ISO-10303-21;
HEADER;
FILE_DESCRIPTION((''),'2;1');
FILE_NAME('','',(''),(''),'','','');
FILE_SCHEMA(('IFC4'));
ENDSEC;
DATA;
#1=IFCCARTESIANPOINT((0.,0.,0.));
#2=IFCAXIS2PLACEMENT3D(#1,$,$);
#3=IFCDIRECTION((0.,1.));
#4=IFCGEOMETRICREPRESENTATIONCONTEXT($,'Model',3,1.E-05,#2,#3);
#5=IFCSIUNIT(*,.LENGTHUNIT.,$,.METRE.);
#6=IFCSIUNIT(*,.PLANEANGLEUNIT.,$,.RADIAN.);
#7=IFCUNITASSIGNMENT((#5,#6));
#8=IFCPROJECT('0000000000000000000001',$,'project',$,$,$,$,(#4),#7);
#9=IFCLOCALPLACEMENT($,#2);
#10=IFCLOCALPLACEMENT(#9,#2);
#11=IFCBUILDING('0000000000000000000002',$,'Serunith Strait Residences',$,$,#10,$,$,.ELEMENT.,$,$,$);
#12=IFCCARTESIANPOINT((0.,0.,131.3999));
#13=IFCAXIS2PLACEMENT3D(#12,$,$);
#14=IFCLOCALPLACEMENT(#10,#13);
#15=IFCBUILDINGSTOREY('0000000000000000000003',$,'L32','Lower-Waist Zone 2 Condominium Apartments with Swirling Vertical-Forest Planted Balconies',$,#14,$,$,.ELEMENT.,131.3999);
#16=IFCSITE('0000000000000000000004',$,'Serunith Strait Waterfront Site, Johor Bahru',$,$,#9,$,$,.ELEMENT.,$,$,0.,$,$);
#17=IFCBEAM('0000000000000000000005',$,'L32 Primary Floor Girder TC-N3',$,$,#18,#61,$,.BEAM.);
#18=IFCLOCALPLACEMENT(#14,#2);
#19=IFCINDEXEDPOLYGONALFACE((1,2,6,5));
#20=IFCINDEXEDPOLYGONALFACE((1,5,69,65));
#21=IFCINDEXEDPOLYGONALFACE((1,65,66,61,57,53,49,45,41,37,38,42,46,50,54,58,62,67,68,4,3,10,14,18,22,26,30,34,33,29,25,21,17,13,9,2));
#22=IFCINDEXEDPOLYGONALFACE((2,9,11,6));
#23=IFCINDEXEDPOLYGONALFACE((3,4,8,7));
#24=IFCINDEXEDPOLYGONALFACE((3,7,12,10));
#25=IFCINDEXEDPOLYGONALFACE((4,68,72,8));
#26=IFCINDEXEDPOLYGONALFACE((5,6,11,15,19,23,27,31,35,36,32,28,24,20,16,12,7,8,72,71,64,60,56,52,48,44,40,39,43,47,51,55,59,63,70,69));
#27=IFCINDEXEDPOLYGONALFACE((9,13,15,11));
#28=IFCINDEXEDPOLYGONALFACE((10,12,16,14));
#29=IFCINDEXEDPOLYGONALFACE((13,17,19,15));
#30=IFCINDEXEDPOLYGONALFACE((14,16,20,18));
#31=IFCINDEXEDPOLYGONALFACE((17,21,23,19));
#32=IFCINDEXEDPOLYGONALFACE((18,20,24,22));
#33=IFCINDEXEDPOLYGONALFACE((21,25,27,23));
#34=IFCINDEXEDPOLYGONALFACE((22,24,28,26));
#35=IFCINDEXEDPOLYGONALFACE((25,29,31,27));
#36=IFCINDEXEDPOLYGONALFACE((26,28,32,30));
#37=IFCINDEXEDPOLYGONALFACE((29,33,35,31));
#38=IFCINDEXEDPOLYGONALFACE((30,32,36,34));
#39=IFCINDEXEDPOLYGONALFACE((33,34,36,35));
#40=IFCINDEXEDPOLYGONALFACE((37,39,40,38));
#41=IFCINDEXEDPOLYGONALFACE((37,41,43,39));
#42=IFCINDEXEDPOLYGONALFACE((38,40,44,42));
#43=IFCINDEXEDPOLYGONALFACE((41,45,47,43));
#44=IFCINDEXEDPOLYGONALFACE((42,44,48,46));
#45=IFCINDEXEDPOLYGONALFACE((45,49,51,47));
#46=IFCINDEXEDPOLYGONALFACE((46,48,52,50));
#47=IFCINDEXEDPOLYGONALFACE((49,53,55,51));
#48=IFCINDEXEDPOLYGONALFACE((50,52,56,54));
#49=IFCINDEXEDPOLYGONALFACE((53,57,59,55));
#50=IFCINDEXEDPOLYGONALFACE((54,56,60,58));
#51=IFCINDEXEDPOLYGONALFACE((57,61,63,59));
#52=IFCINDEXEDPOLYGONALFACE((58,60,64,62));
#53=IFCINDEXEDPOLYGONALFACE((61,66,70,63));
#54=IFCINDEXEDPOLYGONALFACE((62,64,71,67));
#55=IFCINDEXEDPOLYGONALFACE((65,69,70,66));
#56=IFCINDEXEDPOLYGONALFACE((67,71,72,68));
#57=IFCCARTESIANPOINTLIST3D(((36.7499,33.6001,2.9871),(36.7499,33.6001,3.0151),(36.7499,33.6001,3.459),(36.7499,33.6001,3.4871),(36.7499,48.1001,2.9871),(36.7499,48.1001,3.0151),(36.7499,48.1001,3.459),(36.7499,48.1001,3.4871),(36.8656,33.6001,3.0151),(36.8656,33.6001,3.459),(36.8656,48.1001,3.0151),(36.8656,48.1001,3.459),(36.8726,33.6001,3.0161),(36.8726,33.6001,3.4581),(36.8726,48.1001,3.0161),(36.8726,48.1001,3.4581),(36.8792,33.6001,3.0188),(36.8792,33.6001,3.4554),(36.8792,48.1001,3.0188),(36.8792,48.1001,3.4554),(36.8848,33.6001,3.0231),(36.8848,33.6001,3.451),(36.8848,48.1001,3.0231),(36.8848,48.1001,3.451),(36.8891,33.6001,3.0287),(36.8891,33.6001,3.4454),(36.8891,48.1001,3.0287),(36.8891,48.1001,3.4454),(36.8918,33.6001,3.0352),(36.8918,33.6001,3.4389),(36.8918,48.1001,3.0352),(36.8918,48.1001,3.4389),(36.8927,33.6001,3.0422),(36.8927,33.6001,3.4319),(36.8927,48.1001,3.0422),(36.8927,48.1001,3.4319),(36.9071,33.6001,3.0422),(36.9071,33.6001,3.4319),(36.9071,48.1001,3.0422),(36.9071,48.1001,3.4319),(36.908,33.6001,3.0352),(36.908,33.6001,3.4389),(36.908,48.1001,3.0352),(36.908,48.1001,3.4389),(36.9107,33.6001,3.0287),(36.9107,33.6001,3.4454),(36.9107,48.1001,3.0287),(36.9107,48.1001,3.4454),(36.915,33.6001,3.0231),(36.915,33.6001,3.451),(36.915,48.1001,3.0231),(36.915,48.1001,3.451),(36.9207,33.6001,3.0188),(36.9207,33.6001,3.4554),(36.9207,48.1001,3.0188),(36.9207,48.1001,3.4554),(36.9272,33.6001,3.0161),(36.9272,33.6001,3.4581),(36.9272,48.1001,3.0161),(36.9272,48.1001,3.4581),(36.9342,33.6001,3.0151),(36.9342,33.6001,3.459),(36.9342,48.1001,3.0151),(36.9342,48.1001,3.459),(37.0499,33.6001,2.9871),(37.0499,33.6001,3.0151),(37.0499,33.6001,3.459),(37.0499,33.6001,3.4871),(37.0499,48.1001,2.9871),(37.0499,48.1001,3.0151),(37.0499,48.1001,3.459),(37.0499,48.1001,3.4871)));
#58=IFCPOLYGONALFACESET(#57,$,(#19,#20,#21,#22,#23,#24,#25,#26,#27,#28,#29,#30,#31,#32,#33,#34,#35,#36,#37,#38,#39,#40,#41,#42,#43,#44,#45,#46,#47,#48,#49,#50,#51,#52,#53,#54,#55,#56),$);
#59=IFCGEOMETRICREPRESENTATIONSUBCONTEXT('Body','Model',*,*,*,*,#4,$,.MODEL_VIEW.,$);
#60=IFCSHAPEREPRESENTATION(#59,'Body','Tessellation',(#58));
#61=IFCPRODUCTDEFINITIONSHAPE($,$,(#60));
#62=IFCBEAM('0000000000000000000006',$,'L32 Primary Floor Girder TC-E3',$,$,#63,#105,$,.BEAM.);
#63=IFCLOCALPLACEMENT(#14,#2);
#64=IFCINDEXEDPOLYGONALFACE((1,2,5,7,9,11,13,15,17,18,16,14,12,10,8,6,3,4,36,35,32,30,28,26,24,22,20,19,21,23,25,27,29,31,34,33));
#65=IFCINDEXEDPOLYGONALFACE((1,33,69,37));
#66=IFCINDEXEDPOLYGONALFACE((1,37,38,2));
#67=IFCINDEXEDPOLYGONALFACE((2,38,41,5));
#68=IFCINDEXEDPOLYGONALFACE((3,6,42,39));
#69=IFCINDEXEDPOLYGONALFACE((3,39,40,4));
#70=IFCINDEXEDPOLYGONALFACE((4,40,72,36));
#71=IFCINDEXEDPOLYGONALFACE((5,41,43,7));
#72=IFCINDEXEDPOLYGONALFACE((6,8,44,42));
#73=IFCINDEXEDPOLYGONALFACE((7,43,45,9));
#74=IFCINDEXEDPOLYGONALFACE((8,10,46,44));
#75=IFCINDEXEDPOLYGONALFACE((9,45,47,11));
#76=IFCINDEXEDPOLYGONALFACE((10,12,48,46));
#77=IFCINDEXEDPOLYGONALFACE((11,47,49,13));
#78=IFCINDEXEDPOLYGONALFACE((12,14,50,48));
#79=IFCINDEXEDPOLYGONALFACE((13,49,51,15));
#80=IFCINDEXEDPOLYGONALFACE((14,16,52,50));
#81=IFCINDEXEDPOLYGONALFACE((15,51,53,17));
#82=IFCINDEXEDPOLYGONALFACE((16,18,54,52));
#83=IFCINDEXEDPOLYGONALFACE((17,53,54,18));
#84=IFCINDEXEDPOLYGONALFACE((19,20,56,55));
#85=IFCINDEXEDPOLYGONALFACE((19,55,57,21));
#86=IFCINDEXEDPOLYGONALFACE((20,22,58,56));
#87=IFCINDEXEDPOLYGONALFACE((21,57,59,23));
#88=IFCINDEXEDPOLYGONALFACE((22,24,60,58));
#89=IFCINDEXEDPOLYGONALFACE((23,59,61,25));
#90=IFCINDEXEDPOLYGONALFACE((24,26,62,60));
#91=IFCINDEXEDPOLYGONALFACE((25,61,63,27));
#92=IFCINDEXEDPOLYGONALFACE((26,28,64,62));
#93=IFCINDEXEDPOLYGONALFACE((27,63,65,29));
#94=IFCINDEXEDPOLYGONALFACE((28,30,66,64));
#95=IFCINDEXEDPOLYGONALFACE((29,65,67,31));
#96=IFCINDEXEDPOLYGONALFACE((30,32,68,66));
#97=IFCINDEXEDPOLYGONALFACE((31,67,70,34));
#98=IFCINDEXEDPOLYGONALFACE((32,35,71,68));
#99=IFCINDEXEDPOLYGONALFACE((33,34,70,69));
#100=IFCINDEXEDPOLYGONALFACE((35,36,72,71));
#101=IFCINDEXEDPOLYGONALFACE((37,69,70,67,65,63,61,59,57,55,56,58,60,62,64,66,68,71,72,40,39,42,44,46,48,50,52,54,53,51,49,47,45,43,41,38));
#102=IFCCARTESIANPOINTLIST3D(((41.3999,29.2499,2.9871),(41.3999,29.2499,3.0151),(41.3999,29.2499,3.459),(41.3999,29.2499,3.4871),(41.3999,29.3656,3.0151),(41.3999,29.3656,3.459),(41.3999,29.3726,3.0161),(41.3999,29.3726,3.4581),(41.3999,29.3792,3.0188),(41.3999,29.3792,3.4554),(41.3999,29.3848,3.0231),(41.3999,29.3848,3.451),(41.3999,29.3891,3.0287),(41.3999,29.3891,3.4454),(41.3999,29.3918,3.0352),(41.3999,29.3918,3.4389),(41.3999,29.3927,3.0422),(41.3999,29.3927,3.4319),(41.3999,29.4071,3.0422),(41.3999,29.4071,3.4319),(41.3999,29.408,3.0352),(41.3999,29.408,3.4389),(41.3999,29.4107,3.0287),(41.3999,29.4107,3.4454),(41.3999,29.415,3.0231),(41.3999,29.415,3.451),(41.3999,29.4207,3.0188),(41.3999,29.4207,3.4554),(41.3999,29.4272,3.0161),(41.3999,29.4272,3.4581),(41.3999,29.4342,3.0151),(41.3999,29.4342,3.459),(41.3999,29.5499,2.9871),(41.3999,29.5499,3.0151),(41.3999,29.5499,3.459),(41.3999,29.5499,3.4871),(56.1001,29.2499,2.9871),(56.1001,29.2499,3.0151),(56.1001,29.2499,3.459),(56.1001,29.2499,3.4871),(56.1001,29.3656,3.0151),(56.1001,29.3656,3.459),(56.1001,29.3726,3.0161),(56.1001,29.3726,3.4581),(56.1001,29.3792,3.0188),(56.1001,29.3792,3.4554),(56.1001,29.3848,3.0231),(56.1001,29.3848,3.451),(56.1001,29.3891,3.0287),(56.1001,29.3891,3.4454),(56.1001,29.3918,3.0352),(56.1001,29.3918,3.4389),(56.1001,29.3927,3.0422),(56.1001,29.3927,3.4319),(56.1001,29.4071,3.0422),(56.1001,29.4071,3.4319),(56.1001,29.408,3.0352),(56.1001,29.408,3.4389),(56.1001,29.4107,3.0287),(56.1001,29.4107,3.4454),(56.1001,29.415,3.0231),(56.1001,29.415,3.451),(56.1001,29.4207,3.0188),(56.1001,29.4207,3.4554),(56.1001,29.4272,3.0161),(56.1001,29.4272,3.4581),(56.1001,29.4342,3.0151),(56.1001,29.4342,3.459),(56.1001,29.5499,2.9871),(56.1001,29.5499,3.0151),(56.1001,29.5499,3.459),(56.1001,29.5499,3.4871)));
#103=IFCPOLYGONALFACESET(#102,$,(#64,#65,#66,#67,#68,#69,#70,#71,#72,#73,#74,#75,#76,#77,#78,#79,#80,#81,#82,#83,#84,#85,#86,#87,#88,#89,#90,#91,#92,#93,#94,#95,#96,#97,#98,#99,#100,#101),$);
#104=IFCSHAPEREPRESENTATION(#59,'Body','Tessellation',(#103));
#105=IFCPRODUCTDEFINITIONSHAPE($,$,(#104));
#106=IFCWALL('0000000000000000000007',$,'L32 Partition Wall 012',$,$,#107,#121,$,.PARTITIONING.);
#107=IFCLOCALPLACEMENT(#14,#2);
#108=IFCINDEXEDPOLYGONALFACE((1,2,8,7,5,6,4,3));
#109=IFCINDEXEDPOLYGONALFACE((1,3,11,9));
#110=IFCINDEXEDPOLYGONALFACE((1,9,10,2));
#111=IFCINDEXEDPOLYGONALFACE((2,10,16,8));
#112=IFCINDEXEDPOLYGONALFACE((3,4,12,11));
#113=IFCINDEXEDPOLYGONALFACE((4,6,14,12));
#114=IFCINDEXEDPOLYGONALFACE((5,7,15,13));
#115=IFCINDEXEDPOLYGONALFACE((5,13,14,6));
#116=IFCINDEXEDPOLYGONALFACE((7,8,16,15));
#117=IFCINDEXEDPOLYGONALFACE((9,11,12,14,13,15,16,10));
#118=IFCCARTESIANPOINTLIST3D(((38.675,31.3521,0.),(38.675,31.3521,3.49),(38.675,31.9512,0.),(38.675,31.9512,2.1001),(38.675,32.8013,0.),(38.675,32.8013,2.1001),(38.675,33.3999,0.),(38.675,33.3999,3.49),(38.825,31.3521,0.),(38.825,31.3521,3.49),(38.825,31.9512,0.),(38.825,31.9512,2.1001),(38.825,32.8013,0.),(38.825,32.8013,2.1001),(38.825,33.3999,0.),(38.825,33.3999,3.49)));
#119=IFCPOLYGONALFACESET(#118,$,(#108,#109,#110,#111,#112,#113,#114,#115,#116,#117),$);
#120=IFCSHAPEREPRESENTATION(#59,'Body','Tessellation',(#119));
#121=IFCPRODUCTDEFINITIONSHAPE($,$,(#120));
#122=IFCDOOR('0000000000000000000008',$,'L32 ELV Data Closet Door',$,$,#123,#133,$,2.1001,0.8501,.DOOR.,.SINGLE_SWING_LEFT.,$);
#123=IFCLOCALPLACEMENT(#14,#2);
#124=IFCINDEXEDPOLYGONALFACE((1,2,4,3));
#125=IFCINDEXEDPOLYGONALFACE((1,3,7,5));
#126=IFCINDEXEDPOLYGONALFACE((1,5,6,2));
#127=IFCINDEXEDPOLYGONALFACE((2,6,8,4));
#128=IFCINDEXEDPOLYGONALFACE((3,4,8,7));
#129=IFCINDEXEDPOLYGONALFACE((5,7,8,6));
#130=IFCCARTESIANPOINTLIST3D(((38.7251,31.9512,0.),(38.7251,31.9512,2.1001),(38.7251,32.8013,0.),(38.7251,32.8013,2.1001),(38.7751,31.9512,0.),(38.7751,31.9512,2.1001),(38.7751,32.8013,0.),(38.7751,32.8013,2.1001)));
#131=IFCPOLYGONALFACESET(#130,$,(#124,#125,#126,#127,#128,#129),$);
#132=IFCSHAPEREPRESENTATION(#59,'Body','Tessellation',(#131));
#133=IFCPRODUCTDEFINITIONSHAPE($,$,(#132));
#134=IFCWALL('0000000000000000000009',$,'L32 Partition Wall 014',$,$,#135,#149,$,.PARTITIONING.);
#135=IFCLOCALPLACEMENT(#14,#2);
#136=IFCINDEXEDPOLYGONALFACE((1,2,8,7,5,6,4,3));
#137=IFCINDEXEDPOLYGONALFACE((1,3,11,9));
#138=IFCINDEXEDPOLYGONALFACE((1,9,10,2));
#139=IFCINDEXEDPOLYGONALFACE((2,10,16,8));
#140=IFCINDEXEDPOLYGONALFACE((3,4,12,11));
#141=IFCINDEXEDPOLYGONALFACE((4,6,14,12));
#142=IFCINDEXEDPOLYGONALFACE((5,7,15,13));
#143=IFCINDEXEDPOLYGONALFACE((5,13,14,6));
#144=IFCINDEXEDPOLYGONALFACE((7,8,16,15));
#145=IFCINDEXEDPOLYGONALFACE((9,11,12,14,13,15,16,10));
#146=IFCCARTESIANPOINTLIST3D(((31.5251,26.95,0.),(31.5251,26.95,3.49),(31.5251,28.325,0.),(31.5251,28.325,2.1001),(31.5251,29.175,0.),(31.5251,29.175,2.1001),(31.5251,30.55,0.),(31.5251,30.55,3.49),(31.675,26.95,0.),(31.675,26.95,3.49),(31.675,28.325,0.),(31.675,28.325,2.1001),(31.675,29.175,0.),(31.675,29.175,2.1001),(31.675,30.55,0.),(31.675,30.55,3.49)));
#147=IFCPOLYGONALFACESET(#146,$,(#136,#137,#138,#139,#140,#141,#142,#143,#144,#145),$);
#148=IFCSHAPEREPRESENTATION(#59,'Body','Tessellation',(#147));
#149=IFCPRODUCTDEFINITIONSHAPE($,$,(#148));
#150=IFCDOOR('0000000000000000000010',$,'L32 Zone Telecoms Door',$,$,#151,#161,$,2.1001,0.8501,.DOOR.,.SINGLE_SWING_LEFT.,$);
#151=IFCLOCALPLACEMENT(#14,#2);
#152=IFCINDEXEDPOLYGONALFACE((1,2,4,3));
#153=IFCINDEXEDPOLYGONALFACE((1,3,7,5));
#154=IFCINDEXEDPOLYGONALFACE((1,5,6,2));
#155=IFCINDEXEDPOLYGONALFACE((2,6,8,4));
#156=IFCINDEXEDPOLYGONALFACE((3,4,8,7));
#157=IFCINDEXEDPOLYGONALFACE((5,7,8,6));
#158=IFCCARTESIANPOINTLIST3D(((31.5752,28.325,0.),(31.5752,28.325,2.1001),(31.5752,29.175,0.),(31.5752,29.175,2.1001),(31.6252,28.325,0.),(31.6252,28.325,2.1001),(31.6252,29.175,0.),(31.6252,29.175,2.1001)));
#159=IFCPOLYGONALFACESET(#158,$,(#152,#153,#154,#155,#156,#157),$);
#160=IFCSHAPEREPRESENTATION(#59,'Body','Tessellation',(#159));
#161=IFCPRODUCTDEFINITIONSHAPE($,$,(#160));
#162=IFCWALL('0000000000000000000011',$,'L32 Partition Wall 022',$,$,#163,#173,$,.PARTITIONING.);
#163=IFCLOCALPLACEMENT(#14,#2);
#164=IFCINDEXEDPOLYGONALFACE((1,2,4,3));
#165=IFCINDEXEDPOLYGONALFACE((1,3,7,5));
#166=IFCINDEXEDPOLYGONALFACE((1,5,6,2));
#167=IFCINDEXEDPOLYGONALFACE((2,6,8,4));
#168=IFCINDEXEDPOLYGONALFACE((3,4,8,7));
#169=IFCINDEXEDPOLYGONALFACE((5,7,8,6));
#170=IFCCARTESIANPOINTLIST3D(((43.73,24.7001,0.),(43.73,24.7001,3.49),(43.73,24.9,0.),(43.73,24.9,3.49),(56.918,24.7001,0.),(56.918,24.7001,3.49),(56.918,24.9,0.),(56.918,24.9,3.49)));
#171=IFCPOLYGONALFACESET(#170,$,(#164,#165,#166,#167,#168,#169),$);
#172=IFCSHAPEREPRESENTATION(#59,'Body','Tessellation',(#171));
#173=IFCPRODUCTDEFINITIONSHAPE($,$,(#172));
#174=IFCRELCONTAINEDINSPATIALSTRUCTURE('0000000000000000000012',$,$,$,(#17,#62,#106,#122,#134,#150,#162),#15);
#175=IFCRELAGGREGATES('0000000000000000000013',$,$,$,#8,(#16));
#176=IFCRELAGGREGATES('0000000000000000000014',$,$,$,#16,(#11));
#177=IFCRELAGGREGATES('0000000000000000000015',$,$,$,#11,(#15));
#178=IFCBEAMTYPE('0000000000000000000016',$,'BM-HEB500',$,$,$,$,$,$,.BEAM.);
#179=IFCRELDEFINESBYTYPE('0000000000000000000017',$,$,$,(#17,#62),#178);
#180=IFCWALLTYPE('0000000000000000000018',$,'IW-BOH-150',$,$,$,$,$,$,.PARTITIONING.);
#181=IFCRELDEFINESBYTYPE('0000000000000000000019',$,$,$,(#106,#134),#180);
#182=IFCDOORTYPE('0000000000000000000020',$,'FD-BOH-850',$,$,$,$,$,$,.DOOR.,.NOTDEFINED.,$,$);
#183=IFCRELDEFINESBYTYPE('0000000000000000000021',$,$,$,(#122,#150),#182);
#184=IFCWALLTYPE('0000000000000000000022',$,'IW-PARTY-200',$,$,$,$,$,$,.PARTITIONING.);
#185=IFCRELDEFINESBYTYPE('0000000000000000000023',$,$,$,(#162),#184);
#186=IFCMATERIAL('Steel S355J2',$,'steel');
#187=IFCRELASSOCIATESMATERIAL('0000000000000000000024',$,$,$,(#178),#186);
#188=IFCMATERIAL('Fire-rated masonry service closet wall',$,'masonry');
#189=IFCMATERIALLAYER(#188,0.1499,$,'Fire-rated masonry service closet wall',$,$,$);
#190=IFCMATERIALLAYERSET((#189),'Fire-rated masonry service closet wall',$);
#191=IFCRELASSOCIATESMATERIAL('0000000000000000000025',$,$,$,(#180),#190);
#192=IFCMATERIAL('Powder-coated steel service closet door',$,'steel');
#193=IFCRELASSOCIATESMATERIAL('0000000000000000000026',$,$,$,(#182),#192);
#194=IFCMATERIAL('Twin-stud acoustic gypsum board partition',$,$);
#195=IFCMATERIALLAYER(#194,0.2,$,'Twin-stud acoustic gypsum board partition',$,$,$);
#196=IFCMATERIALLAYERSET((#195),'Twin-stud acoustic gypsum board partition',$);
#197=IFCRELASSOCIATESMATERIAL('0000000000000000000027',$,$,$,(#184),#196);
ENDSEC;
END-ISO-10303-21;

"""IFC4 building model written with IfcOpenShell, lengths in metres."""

from ifc_helpers import new_model, si_unit, direction, frame, frame_2d, origin, origin_2d, place, context, subcontext, project, spatial, rectangle, i_section, extrude, source, transform, mapped, material, layer, layer_set, material_profile, profile_set, type_object, element, fill, save


model = new_model("IFC4")

# Units and contexts
model_context = context("Model", 3, precision=1e-05, world=origin(), true_north=direction((0.0, 1.0)))
body_context = subcontext(model_context, "Body", "Model", "MODEL_VIEW")
ifc_project = project(units=[si_unit("LENGTHUNIT", "METRE"), si_unit("PLANEANGLEUNIT", "RADIAN")], contexts=[model_context])

# Site, building, storey
site_placement = place(None, origin())
site = spatial("IfcSite", under=ifc_project, at=site_placement, Name="Serunith Strait Waterfront Site, Johor Bahru", CompositionType="ELEMENT", RefElevation=0.0)
building_placement = place(site_placement, origin())
building = spatial("IfcBuilding", under=site, at=building_placement, Name="Serunith Strait Residences", CompositionType="ELEMENT")
storey_placement = place(building_placement, frame((0.0, 0.0, 131.3999)))
storey = spatial("IfcBuildingStorey", under=building, at=storey_placement, Name="L32", Description="Lower-Waist Zone 2 Condominium Apartments with Swirling Vertical-Forest Planted Balconies", CompositionType="ELEMENT", Elevation=131.3999)

# Beams
ifc_material_1 = material(Name="Steel S355J2", Category="steel")
ifc_material_profile = material_profile(ifc_material_1, i_section(OverallWidth=0.3, OverallDepth=0.5, WebThickness=0.0144, FlangeThickness=0.0281, FilletRadius=0.0271, at=origin_2d()), Name="HEB 500")
ifc_profile_set = profile_set([ifc_material_profile], Name="Steel S355J2")
beam_type = type_object("IfcBeamType", Name="BM-HEB500", PredefinedType="BEAM", material=ifc_profile_set)
shared_shape_1 = source(origin(), body_context, "Body", "SweptSolid", [
    extrude(i_section(OverallWidth=0.3, OverallDepth=0.5, WebThickness=0.0144, FlangeThickness=0.0281, FilletRadius=0.0271, at=origin_2d()), origin(), (0.0, 0.0, 1.0), 14.5),
])
beam_1_placement = place(storey_placement, frame((36.8999, 33.6001, 3.2371), z_axis=(0.0, 1.0, 0.0), x_axis=(-1.0, 0.0, 0.0)))
element("IfcBeam", 1, at=beam_1_placement, inside=storey, type_object=beam_type, Name="L32 Primary Floor Girder TC-N3", PredefinedType="BEAM", context=body_context, shape_type="MappedRepresentation", body=[
    mapped(shared_shape_1, transform((0.0, 0.0, 0.0), scale=1.0)),
])
shared_shape_2 = source(origin(), body_context, "Body", "SweptSolid", [
    extrude(i_section(OverallWidth=0.3, OverallDepth=0.5, WebThickness=0.0144, FlangeThickness=0.0281, FilletRadius=0.0271, at=origin_2d()), origin(), (0.0, 0.0, 1.0), 14.7002),
])
beam_2_placement = place(storey_placement, frame((41.3999, 29.3999, 3.2371), z_axis=(1.0, 0.0, 0.0), x_axis=(0.0, 1.0, 0.0)))
element("IfcBeam", 2, at=beam_2_placement, inside=storey, type_object=beam_type, Name="L32 Primary Floor Girder TC-E3", PredefinedType="BEAM", context=body_context, shape_type="MappedRepresentation", body=[
    mapped(shared_shape_2, transform((0.0, 0.0, 0.0), scale=1.0)),
])

# Walls, openings, doors
ifc_material_2 = material(Name="Fire-rated masonry service closet wall", Category="masonry")
ifc_layer_1 = layer(ifc_material_2, 0.1499, Name="Fire-rated masonry service closet wall")
ifc_layer_set_1 = layer_set([ifc_layer_1], Name="Fire-rated masonry service closet wall")
wall_type_1 = type_object("IfcWallType", Name="IW-BOH-150", PredefinedType="PARTITIONING", material=ifc_layer_set_1)
wall_1_placement = place(storey_placement, frame((38.75, 31.3521, 0.0), z_axis=(0.0, 0.0, 1.0), x_axis=(0.0, 1.0, 0.0)))
wall_1 = element("IfcWall", 3, at=wall_1_placement, inside=storey, type_object=wall_type_1, Name="L32 Partition Wall 012", PredefinedType="PARTITIONING", context=body_context, shape_type="SweptSolid", body=[
    extrude(rectangle(XDim=2.0479, YDim=0.1499, at=frame_2d((1.0239, 0.0))), origin(), (0.0, 0.0, 1.0), 3.49),
])
opening_1_placement = place(wall_1_placement, frame((0.5991, 0.0, 0.0)))
opening_1 = element("IfcOpeningElement", 4, at=opening_1_placement, cuts=wall_1, PredefinedType="OPENING", context=body_context, shape_type="SweptSolid", body=[
    extrude(rectangle(XDim=0.8501, YDim=2.1001, at=frame_2d((0.425, 1.05))), frame((0.0, 0.085, 0.0), z_axis=(0.0, -1.0, 0.0), x_axis=(1.0, 0.0, 0.0)), (0.0, 0.0, 1.0), 0.1699),
])
ifc_material_3 = material(Name="Powder-coated steel service closet door", Category="steel")
door_type_1 = type_object("IfcDoorType", Name="FD-BOH-850", OperationType="NOTDEFINED", PredefinedType="DOOR", material=ifc_material_3)
shared_shape_3 = source(origin(), body_context, "Body", "SweptSolid", [
    extrude(rectangle(XDim=0.8501, YDim=2.1001, at=frame_2d((0.425, 1.05))), frame((0.0, 0.0249, 0.0), z_axis=(0.0, -1.0, 0.0), x_axis=(1.0, 0.0, 0.0)), (0.0, 0.0, 1.0), 0.05),
])
door_1_placement = place(opening_1_placement, origin())
door_1 = element("IfcDoor", 5, at=door_1_placement, inside=storey, type_object=door_type_1, Name="L32 ELV Data Closet Door", OperationType="SINGLE_SWING_LEFT", OverallHeight=2.1001, OverallWidth=0.8501, PredefinedType="DOOR", context=body_context, shape_type="MappedRepresentation", body=[
    mapped(shared_shape_3, transform((0.0, 0.0, 0.0), scale=1.0)),
])
fill(opening_1, door_1)
wall_2_placement = place(storey_placement, frame((31.6001, 26.95, 0.0), z_axis=(0.0, 0.0, 1.0), x_axis=(0.0, 1.0, 0.0)))
wall_2 = element("IfcWall", 6, at=wall_2_placement, inside=storey, type_object=wall_type_1, Name="L32 Partition Wall 014", PredefinedType="PARTITIONING", context=body_context, shape_type="SweptSolid", body=[
    extrude(rectangle(XDim=3.6001, YDim=0.1499, at=frame_2d((1.8, 0.0))), origin(), (0.0, 0.0, 1.0), 3.49),
])
opening_2_placement = place(wall_2_placement, frame((1.375, 0.0, 0.0)))
opening_2 = element("IfcOpeningElement", 7, at=opening_2_placement, cuts=wall_2, PredefinedType="OPENING", context=body_context, shape_type="SweptSolid", body=[
    extrude(rectangle(XDim=0.8501, YDim=2.1001, at=frame_2d((0.425, 1.05))), frame((0.0, 0.085, 0.0), z_axis=(0.0, -1.0, 0.0), x_axis=(1.0, 0.0, 0.0)), (0.0, 0.0, 1.0), 0.1699),
])
door_2_placement = place(opening_2_placement, origin())
door_2 = element("IfcDoor", 8, at=door_2_placement, inside=storey, type_object=door_type_1, Name="L32 Zone Telecoms Door", OperationType="SINGLE_SWING_LEFT", OverallHeight=2.1001, OverallWidth=0.8501, PredefinedType="DOOR", context=body_context, shape_type="MappedRepresentation", body=[
    mapped(shared_shape_3, transform((0.0, 0.0, 0.0), scale=1.0)),
])
fill(opening_2, door_2)

# Wall
ifc_material_4 = material(Name="Twin-stud acoustic gypsum board partition")
ifc_layer_2 = layer(ifc_material_4, 0.2, Name="Twin-stud acoustic gypsum board partition")
ifc_layer_set_2 = layer_set([ifc_layer_2], Name="Twin-stud acoustic gypsum board partition")
wall_type_2 = type_object("IfcWallType", Name="IW-PARTY-200", PredefinedType="PARTITIONING", material=ifc_layer_set_2)
wall_3_placement = place(storey_placement, frame((43.73, 24.8, 0.0), z_axis=(0.0, 0.0, 1.0), x_axis=(1.0, 0.0, 0.0)))
element("IfcWall", 9, at=wall_3_placement, inside=storey, type_object=wall_type_2, Name="L32 Partition Wall 022", PredefinedType="PARTITIONING", context=body_context, shape_type="SweptSolid", body=[
    extrude(rectangle(XDim=13.188, YDim=0.2, at=frame_2d((6.594, 0.0))), origin(), (0.0, 0.0, 1.0), 3.49),
])

save(model, "model.ifc")
